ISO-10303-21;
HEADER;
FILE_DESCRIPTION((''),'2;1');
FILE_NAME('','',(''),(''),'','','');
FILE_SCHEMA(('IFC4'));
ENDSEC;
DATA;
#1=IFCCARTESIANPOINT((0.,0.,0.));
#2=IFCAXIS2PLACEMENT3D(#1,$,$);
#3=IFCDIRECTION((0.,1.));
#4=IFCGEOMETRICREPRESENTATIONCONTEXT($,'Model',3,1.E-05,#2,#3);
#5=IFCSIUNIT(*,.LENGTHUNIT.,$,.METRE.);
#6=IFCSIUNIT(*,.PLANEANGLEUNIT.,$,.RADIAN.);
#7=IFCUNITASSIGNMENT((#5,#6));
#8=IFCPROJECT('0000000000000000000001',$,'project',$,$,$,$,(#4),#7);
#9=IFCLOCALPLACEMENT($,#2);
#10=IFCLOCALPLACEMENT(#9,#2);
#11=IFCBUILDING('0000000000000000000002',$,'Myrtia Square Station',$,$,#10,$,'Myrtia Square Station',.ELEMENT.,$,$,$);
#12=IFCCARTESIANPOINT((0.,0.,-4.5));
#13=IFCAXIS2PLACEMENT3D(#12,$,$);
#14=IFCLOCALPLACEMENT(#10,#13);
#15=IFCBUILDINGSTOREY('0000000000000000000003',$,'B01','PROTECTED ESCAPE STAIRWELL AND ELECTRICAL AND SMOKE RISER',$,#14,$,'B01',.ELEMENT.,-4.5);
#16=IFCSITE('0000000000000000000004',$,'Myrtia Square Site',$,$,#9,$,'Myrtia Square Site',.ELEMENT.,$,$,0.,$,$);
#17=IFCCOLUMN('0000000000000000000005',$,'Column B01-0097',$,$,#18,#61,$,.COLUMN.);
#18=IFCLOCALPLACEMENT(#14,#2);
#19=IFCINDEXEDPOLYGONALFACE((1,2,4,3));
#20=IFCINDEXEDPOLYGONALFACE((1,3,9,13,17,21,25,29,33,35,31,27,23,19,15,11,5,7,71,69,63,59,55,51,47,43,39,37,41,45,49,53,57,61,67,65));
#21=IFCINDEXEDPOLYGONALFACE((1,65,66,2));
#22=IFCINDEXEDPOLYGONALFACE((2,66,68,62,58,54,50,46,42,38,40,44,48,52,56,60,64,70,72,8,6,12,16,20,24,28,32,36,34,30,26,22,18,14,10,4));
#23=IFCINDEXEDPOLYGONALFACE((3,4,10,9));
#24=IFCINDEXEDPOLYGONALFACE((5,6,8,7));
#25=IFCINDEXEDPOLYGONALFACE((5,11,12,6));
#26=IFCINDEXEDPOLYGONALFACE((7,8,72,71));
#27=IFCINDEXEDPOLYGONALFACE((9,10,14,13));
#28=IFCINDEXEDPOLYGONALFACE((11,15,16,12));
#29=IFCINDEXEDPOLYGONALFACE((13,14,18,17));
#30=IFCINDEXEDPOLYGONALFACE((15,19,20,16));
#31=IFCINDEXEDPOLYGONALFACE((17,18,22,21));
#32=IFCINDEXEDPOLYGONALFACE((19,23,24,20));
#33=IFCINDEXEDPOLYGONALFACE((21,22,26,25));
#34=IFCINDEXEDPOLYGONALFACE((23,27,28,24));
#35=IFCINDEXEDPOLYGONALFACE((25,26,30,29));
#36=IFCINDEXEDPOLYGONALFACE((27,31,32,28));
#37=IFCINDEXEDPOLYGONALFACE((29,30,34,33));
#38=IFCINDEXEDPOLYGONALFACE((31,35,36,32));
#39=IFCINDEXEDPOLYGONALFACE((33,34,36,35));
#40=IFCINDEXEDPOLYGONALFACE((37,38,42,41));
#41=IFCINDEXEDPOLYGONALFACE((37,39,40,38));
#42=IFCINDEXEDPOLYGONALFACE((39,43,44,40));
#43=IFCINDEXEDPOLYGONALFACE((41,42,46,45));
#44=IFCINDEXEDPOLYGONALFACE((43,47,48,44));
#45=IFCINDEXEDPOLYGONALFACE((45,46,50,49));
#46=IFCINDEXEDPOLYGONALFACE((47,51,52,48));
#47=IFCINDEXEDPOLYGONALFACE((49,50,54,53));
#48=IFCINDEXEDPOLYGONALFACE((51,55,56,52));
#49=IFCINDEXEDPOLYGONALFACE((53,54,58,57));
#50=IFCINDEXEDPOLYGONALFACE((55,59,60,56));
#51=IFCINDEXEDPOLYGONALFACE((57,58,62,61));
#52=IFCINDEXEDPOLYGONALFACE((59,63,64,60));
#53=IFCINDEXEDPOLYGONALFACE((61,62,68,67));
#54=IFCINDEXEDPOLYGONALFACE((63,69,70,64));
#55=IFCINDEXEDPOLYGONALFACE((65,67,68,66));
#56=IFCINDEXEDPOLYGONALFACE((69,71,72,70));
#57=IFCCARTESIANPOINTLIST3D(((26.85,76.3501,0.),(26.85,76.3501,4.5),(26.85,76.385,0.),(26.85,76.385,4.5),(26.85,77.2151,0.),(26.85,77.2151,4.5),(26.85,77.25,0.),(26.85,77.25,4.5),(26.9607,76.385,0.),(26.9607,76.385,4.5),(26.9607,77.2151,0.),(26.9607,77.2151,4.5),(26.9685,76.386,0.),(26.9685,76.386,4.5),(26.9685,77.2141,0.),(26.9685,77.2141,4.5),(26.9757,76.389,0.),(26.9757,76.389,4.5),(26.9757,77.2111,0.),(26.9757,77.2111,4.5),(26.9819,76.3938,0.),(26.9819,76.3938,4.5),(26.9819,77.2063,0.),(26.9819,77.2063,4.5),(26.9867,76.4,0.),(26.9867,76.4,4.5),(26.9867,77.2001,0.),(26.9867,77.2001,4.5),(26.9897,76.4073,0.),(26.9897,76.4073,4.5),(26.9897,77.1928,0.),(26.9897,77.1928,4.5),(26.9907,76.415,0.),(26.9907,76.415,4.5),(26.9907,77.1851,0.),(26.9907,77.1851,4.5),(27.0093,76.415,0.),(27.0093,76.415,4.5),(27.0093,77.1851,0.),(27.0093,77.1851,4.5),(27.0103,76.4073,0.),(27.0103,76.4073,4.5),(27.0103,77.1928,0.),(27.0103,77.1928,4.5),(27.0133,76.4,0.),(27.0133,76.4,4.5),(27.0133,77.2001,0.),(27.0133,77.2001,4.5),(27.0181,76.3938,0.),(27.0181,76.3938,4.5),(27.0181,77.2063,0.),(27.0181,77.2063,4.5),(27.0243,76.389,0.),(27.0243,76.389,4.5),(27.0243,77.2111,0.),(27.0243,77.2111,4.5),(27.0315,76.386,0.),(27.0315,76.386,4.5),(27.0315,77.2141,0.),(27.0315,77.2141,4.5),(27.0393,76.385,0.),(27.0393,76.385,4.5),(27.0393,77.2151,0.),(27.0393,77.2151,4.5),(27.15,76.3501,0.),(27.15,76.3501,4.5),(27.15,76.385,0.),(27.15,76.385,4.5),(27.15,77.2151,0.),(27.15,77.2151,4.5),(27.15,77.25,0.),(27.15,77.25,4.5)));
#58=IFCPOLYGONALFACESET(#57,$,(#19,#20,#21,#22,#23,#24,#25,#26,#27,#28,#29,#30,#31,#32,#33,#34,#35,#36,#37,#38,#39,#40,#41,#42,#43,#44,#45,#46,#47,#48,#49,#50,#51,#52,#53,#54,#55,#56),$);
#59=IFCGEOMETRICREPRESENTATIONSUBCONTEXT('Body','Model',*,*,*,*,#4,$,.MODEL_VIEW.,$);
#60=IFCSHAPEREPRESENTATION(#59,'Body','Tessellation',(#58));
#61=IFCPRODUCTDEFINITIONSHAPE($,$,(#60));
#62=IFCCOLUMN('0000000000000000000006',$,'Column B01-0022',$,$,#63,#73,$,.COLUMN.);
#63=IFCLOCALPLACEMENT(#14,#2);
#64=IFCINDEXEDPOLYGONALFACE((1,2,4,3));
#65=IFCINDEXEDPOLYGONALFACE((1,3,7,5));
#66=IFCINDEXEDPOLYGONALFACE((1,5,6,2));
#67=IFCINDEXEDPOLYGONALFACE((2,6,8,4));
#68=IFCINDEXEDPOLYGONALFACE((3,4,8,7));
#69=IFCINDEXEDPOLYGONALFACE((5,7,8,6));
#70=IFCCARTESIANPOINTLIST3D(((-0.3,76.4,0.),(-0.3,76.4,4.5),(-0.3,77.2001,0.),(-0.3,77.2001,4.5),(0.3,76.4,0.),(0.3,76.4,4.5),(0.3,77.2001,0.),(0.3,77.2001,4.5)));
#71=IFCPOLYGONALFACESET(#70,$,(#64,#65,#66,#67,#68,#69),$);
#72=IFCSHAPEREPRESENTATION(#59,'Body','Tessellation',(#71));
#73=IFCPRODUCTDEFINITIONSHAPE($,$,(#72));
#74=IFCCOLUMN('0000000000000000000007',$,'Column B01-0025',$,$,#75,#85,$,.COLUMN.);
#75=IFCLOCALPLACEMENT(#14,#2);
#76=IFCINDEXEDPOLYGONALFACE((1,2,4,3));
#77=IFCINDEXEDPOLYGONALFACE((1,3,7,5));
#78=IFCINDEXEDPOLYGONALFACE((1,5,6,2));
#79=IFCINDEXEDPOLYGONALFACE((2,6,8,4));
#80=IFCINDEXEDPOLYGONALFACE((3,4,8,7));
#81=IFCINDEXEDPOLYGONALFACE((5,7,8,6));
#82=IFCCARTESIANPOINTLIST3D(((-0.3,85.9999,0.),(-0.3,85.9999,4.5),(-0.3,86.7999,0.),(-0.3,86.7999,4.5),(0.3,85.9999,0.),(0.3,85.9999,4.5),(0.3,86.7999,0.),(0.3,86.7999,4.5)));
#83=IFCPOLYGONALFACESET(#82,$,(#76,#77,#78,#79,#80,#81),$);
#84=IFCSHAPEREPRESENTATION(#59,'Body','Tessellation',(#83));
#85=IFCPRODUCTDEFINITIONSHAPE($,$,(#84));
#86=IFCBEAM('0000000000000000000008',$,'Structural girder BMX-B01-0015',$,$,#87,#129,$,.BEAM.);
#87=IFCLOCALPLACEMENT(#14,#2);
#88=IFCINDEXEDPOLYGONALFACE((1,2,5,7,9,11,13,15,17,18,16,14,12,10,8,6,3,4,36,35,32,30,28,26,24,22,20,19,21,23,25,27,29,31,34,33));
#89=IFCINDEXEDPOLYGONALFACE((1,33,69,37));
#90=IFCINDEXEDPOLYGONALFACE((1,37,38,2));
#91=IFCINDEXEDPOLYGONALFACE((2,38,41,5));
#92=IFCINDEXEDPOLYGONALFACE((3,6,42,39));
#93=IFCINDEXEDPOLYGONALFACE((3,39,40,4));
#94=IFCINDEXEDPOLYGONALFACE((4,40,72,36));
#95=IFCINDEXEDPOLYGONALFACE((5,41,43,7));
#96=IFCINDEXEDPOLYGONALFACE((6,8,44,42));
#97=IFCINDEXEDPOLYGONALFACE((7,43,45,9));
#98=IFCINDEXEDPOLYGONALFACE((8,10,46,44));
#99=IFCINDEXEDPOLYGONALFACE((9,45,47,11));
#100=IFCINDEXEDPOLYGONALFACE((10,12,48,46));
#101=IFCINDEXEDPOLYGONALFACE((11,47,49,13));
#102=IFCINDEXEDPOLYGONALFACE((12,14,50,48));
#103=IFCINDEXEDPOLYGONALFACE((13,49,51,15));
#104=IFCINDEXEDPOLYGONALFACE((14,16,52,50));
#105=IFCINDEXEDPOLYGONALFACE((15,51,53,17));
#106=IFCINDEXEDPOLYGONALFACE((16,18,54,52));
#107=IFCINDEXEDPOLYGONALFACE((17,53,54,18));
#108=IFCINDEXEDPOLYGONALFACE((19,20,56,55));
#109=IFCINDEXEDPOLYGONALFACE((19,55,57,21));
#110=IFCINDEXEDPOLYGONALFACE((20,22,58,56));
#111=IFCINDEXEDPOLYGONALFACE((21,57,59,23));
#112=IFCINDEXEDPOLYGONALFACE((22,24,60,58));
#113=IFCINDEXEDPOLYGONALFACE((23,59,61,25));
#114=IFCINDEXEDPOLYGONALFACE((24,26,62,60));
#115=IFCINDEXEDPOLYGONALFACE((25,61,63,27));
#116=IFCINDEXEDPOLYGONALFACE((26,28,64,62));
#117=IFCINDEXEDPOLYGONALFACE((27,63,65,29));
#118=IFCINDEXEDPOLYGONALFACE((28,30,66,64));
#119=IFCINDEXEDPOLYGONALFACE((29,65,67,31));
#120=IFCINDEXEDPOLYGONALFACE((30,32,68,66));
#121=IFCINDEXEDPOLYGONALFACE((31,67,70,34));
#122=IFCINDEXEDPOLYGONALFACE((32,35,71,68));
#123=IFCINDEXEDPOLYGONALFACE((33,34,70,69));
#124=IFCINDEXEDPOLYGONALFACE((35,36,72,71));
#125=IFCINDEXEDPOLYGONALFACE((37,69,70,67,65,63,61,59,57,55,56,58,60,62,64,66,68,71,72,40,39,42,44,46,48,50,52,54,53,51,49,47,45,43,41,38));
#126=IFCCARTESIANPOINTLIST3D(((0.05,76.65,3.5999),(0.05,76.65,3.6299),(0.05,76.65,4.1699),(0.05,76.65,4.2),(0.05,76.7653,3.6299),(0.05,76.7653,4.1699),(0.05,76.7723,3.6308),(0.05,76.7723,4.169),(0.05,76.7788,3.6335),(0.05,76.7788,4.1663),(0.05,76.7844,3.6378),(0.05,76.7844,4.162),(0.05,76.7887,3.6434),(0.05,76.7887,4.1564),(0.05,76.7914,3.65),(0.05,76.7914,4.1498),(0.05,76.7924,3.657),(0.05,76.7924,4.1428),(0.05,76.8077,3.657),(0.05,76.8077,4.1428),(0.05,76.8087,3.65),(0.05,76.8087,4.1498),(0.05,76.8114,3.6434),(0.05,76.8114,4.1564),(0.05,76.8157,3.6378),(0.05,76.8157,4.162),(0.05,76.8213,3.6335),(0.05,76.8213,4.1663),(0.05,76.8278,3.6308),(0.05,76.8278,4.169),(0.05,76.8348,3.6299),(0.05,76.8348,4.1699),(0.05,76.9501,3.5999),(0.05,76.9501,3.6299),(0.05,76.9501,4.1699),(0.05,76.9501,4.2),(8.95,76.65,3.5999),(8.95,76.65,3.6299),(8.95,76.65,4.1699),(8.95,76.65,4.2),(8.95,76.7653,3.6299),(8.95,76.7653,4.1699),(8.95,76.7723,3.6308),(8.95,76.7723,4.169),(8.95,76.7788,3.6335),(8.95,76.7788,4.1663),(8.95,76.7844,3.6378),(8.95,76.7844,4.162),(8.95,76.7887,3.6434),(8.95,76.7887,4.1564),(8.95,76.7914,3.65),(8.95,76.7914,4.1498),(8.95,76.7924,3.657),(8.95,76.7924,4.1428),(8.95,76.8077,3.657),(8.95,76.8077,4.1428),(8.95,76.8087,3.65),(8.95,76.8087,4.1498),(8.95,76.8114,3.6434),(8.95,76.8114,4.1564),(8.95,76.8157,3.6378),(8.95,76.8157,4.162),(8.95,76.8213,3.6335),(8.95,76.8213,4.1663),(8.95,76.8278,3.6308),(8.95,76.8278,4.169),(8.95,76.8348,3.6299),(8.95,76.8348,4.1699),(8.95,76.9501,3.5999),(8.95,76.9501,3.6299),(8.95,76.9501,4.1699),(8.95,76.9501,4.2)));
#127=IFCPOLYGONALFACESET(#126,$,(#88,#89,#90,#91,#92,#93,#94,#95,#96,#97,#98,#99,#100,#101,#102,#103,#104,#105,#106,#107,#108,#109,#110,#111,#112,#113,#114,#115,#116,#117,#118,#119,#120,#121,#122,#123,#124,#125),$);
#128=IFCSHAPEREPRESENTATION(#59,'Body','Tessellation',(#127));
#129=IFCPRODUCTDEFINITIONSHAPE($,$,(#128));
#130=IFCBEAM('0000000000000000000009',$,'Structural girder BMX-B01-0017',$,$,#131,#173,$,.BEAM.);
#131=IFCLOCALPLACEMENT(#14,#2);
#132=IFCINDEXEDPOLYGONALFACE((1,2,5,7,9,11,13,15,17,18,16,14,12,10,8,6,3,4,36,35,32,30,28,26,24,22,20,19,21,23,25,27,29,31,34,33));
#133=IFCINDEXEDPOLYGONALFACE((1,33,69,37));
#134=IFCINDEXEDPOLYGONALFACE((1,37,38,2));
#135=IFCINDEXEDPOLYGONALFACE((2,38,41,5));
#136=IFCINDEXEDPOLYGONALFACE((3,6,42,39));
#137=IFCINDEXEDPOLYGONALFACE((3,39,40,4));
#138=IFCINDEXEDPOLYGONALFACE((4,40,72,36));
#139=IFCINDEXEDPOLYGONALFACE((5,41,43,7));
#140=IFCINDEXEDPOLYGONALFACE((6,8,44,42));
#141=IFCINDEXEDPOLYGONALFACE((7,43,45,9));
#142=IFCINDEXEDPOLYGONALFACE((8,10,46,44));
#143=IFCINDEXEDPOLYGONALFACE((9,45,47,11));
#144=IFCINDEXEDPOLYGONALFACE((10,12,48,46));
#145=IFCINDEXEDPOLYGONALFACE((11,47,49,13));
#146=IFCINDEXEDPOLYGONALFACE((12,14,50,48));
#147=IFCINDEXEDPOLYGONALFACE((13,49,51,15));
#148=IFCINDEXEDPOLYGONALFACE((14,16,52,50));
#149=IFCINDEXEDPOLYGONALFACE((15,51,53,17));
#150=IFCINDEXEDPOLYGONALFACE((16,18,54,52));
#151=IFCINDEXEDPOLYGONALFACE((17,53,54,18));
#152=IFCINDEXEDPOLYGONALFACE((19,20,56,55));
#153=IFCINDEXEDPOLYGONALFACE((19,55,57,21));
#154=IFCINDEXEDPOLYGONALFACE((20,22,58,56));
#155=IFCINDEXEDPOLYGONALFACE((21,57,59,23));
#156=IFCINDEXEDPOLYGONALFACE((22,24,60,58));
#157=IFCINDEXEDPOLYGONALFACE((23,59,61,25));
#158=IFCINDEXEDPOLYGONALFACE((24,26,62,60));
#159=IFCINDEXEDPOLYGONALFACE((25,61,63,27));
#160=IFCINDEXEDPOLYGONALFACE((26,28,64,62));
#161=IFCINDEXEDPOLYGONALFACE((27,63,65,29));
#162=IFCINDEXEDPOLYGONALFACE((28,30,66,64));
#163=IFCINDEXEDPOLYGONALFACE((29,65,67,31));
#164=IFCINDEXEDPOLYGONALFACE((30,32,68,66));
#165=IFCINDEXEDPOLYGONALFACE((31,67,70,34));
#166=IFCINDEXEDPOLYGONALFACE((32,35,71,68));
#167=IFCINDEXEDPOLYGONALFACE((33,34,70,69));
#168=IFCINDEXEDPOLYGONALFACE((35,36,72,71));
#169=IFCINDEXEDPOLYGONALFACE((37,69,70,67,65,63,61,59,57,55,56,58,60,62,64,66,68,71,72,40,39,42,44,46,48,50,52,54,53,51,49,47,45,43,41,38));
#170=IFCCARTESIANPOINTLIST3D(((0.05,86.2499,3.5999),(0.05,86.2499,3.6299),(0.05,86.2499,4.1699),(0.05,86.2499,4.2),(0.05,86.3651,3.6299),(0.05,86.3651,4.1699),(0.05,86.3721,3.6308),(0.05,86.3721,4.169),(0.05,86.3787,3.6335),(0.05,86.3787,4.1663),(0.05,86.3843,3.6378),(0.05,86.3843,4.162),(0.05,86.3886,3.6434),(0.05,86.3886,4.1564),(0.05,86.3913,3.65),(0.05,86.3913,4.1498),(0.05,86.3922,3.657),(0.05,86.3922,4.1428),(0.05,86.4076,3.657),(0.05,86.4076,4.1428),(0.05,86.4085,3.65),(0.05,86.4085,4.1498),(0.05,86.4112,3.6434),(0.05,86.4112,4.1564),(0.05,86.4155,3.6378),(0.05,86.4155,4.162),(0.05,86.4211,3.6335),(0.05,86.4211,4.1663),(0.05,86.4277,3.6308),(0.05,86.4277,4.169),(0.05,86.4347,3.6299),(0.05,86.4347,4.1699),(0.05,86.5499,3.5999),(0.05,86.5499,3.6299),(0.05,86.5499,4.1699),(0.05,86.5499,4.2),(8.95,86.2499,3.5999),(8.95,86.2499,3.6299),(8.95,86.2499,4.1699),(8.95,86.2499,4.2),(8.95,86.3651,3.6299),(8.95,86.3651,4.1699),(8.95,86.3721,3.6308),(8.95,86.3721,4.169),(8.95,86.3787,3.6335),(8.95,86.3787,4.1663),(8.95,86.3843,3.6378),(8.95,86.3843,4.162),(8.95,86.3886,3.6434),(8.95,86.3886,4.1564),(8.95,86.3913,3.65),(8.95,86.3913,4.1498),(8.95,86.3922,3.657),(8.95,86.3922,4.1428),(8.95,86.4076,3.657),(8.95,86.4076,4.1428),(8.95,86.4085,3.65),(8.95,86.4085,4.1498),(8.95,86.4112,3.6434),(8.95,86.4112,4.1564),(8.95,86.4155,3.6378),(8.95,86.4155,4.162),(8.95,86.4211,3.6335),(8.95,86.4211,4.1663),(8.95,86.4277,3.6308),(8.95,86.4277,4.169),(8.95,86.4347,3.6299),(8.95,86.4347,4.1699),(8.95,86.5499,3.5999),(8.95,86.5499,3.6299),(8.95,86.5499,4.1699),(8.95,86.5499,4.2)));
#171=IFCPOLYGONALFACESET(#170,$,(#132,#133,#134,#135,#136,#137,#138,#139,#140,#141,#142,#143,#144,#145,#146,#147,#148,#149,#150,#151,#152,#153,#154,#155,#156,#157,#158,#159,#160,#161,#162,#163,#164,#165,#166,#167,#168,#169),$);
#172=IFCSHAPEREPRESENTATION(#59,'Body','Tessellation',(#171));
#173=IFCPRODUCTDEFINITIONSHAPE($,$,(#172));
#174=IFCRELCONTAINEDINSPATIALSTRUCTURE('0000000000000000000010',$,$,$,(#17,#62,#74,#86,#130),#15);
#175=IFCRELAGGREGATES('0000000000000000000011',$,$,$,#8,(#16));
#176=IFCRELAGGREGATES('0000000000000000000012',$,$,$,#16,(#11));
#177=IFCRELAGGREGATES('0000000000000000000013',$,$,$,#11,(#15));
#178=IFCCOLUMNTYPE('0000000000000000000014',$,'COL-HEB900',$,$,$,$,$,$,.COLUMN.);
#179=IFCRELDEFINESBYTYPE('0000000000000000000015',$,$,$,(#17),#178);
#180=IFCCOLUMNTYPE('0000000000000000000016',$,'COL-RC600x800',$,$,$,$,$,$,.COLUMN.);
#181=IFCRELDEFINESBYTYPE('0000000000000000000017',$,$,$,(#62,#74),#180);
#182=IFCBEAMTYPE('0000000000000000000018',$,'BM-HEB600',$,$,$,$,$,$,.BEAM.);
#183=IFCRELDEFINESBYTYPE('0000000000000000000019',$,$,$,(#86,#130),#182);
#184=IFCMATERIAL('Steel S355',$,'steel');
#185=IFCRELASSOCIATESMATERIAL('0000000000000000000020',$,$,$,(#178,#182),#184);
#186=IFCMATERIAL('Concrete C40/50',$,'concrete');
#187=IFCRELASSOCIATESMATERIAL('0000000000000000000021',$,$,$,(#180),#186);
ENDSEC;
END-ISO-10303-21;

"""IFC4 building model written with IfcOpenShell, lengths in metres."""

from ifc_helpers import new_model, si_unit, direction, frame, origin, origin_2d, place, context, subcontext, project, spatial, rectangle, i_section, extrude, material, material_profile, profile_set, type_object, element, save


model = new_model("IFC4")

# Units and contexts
model_context = context("Model", 3, precision=1e-05, world=origin(), true_north=direction((0.0, 1.0)))
body_context = subcontext(model_context, "Body", "Model", "MODEL_VIEW")
ifc_project = project(units=[si_unit("LENGTHUNIT", "METRE"), si_unit("PLANEANGLEUNIT", "RADIAN")], contexts=[model_context])

# Site, building, storey
site_placement = place(None, origin())
site = spatial("IfcSite", under=ifc_project, at=site_placement, Name="Myrtia Square Site", LongName="Myrtia Square Site", CompositionType="ELEMENT", RefElevation=0.0)
building_placement = place(site_placement, origin())
building = spatial("IfcBuilding", under=site, at=building_placement, Name="Myrtia Square Station", LongName="Myrtia Square Station", CompositionType="ELEMENT")
storey_placement = place(building_placement, frame((0.0, 0.0, -4.5)))
storey = spatial("IfcBuildingStorey", under=building, at=storey_placement, Name="B01", Description="PROTECTED ESCAPE STAIRWELL AND ELECTRICAL AND SMOKE RISER", LongName="B01", CompositionType="ELEMENT", Elevation=-4.5)

# Columns
ifc_material_1 = material(Name="Steel S355", Category="steel")
ifc_material_profile_1 = material_profile(ifc_material_1, i_section(OverallWidth=0.3, OverallDepth=0.8999, WebThickness=0.0186, FlangeThickness=0.0349, FilletRadius=0.03, at=origin_2d()), Name="HEB 900")
ifc_profile_set_1 = profile_set([ifc_material_profile_1], Name="Steel S355")
column_type_1 = type_object("IfcColumnType", Name="COL-HEB900", PredefinedType="COLUMN", material=ifc_profile_set_1)
for number, where, z_axis, x_axis, name in (
    (1, (27.0, 76.8, 0.0), (0.0, 0.0, 1.0), (1.0, 0.0, 0.0), "Column B01-0097"),
):
    element("IfcColumn", number, at=place(storey_placement, frame(where, z_axis=z_axis, x_axis=x_axis)), inside=storey, type_object=column_type_1, Name=name, PredefinedType="COLUMN", context=body_context, shape_type="SweptSolid", body=[
        extrude(i_section(OverallWidth=0.3, OverallDepth=0.8999, WebThickness=0.0186, FlangeThickness=0.0349, FilletRadius=0.03, at=origin_2d()), origin(), (0.0, 0.0, 1.0), 4.5),
    ])
ifc_material_2 = material(Name="Concrete C40/50", Category="concrete")
ifc_material_profile_2 = material_profile(ifc_material_2, rectangle(XDim=0.6001, YDim=0.8, at=origin_2d()), Name="RC 600x800")
ifc_profile_set_2 = profile_set([ifc_material_profile_2], Name="Concrete C40/50")
column_type_2 = type_object("IfcColumnType", Name="COL-RC600x800", PredefinedType="COLUMN", material=ifc_profile_set_2)
for number, where, z_axis, x_axis, name in (
    (2, (0.0, 76.8, 0.0), (0.0, 0.0, 1.0), (1.0, 0.0, 0.0), "Column B01-0022"),
    (3, (0.0, 86.3999, 0.0), (0.0, 0.0, 1.0), (1.0, 0.0, 0.0), "Column B01-0025"),
):
    element("IfcColumn", number, at=place(storey_placement, frame(where, z_axis=z_axis, x_axis=x_axis)), inside=storey, type_object=column_type_2, Name=name, PredefinedType="COLUMN", context=body_context, shape_type="SweptSolid", body=[
        extrude(rectangle(XDim=0.6001, YDim=0.8, at=origin_2d()), origin(), (0.0, 0.0, 1.0), 4.5),
    ])

# Beams
ifc_material_profile_3 = material_profile(ifc_material_1, i_section(OverallWidth=0.3, OverallDepth=0.6001, WebThickness=0.0154, FlangeThickness=0.03, FilletRadius=0.0271, at=origin_2d()), Name="HEB 600")
ifc_profile_set_3 = profile_set([ifc_material_profile_3], Name="Steel S355")
beam_type_1 = type_object("IfcBeamType", Name="BM-HEB600", PredefinedType="BEAM", material=ifc_profile_set_3)
for number, where, z_axis, x_axis, name in (
    (4, (0.05, 76.8, 3.8999), (1.0, 0.0, 0.0), (0.0, 1.0, 0.0), "Structural girder BMX-B01-0015"),
    (5, (0.05, 86.3999, 3.8999), (1.0, 0.0, 0.0), (0.0, 1.0, 0.0), "Structural girder BMX-B01-0017"),
):
    element("IfcBeam", number, at=place(storey_placement, frame(where, z_axis=z_axis, x_axis=x_axis)), inside=storey, type_object=beam_type_1, Name=name, PredefinedType="BEAM", context=body_context, shape_type="SweptSolid", body=[
        extrude(i_section(OverallWidth=0.3, OverallDepth=0.6001, WebThickness=0.0154, FlangeThickness=0.03, FilletRadius=0.0271, at=origin_2d()), origin(), (0.0, 0.0, 1.0), 8.8999),
    ])

save(model, "model.ifc")
